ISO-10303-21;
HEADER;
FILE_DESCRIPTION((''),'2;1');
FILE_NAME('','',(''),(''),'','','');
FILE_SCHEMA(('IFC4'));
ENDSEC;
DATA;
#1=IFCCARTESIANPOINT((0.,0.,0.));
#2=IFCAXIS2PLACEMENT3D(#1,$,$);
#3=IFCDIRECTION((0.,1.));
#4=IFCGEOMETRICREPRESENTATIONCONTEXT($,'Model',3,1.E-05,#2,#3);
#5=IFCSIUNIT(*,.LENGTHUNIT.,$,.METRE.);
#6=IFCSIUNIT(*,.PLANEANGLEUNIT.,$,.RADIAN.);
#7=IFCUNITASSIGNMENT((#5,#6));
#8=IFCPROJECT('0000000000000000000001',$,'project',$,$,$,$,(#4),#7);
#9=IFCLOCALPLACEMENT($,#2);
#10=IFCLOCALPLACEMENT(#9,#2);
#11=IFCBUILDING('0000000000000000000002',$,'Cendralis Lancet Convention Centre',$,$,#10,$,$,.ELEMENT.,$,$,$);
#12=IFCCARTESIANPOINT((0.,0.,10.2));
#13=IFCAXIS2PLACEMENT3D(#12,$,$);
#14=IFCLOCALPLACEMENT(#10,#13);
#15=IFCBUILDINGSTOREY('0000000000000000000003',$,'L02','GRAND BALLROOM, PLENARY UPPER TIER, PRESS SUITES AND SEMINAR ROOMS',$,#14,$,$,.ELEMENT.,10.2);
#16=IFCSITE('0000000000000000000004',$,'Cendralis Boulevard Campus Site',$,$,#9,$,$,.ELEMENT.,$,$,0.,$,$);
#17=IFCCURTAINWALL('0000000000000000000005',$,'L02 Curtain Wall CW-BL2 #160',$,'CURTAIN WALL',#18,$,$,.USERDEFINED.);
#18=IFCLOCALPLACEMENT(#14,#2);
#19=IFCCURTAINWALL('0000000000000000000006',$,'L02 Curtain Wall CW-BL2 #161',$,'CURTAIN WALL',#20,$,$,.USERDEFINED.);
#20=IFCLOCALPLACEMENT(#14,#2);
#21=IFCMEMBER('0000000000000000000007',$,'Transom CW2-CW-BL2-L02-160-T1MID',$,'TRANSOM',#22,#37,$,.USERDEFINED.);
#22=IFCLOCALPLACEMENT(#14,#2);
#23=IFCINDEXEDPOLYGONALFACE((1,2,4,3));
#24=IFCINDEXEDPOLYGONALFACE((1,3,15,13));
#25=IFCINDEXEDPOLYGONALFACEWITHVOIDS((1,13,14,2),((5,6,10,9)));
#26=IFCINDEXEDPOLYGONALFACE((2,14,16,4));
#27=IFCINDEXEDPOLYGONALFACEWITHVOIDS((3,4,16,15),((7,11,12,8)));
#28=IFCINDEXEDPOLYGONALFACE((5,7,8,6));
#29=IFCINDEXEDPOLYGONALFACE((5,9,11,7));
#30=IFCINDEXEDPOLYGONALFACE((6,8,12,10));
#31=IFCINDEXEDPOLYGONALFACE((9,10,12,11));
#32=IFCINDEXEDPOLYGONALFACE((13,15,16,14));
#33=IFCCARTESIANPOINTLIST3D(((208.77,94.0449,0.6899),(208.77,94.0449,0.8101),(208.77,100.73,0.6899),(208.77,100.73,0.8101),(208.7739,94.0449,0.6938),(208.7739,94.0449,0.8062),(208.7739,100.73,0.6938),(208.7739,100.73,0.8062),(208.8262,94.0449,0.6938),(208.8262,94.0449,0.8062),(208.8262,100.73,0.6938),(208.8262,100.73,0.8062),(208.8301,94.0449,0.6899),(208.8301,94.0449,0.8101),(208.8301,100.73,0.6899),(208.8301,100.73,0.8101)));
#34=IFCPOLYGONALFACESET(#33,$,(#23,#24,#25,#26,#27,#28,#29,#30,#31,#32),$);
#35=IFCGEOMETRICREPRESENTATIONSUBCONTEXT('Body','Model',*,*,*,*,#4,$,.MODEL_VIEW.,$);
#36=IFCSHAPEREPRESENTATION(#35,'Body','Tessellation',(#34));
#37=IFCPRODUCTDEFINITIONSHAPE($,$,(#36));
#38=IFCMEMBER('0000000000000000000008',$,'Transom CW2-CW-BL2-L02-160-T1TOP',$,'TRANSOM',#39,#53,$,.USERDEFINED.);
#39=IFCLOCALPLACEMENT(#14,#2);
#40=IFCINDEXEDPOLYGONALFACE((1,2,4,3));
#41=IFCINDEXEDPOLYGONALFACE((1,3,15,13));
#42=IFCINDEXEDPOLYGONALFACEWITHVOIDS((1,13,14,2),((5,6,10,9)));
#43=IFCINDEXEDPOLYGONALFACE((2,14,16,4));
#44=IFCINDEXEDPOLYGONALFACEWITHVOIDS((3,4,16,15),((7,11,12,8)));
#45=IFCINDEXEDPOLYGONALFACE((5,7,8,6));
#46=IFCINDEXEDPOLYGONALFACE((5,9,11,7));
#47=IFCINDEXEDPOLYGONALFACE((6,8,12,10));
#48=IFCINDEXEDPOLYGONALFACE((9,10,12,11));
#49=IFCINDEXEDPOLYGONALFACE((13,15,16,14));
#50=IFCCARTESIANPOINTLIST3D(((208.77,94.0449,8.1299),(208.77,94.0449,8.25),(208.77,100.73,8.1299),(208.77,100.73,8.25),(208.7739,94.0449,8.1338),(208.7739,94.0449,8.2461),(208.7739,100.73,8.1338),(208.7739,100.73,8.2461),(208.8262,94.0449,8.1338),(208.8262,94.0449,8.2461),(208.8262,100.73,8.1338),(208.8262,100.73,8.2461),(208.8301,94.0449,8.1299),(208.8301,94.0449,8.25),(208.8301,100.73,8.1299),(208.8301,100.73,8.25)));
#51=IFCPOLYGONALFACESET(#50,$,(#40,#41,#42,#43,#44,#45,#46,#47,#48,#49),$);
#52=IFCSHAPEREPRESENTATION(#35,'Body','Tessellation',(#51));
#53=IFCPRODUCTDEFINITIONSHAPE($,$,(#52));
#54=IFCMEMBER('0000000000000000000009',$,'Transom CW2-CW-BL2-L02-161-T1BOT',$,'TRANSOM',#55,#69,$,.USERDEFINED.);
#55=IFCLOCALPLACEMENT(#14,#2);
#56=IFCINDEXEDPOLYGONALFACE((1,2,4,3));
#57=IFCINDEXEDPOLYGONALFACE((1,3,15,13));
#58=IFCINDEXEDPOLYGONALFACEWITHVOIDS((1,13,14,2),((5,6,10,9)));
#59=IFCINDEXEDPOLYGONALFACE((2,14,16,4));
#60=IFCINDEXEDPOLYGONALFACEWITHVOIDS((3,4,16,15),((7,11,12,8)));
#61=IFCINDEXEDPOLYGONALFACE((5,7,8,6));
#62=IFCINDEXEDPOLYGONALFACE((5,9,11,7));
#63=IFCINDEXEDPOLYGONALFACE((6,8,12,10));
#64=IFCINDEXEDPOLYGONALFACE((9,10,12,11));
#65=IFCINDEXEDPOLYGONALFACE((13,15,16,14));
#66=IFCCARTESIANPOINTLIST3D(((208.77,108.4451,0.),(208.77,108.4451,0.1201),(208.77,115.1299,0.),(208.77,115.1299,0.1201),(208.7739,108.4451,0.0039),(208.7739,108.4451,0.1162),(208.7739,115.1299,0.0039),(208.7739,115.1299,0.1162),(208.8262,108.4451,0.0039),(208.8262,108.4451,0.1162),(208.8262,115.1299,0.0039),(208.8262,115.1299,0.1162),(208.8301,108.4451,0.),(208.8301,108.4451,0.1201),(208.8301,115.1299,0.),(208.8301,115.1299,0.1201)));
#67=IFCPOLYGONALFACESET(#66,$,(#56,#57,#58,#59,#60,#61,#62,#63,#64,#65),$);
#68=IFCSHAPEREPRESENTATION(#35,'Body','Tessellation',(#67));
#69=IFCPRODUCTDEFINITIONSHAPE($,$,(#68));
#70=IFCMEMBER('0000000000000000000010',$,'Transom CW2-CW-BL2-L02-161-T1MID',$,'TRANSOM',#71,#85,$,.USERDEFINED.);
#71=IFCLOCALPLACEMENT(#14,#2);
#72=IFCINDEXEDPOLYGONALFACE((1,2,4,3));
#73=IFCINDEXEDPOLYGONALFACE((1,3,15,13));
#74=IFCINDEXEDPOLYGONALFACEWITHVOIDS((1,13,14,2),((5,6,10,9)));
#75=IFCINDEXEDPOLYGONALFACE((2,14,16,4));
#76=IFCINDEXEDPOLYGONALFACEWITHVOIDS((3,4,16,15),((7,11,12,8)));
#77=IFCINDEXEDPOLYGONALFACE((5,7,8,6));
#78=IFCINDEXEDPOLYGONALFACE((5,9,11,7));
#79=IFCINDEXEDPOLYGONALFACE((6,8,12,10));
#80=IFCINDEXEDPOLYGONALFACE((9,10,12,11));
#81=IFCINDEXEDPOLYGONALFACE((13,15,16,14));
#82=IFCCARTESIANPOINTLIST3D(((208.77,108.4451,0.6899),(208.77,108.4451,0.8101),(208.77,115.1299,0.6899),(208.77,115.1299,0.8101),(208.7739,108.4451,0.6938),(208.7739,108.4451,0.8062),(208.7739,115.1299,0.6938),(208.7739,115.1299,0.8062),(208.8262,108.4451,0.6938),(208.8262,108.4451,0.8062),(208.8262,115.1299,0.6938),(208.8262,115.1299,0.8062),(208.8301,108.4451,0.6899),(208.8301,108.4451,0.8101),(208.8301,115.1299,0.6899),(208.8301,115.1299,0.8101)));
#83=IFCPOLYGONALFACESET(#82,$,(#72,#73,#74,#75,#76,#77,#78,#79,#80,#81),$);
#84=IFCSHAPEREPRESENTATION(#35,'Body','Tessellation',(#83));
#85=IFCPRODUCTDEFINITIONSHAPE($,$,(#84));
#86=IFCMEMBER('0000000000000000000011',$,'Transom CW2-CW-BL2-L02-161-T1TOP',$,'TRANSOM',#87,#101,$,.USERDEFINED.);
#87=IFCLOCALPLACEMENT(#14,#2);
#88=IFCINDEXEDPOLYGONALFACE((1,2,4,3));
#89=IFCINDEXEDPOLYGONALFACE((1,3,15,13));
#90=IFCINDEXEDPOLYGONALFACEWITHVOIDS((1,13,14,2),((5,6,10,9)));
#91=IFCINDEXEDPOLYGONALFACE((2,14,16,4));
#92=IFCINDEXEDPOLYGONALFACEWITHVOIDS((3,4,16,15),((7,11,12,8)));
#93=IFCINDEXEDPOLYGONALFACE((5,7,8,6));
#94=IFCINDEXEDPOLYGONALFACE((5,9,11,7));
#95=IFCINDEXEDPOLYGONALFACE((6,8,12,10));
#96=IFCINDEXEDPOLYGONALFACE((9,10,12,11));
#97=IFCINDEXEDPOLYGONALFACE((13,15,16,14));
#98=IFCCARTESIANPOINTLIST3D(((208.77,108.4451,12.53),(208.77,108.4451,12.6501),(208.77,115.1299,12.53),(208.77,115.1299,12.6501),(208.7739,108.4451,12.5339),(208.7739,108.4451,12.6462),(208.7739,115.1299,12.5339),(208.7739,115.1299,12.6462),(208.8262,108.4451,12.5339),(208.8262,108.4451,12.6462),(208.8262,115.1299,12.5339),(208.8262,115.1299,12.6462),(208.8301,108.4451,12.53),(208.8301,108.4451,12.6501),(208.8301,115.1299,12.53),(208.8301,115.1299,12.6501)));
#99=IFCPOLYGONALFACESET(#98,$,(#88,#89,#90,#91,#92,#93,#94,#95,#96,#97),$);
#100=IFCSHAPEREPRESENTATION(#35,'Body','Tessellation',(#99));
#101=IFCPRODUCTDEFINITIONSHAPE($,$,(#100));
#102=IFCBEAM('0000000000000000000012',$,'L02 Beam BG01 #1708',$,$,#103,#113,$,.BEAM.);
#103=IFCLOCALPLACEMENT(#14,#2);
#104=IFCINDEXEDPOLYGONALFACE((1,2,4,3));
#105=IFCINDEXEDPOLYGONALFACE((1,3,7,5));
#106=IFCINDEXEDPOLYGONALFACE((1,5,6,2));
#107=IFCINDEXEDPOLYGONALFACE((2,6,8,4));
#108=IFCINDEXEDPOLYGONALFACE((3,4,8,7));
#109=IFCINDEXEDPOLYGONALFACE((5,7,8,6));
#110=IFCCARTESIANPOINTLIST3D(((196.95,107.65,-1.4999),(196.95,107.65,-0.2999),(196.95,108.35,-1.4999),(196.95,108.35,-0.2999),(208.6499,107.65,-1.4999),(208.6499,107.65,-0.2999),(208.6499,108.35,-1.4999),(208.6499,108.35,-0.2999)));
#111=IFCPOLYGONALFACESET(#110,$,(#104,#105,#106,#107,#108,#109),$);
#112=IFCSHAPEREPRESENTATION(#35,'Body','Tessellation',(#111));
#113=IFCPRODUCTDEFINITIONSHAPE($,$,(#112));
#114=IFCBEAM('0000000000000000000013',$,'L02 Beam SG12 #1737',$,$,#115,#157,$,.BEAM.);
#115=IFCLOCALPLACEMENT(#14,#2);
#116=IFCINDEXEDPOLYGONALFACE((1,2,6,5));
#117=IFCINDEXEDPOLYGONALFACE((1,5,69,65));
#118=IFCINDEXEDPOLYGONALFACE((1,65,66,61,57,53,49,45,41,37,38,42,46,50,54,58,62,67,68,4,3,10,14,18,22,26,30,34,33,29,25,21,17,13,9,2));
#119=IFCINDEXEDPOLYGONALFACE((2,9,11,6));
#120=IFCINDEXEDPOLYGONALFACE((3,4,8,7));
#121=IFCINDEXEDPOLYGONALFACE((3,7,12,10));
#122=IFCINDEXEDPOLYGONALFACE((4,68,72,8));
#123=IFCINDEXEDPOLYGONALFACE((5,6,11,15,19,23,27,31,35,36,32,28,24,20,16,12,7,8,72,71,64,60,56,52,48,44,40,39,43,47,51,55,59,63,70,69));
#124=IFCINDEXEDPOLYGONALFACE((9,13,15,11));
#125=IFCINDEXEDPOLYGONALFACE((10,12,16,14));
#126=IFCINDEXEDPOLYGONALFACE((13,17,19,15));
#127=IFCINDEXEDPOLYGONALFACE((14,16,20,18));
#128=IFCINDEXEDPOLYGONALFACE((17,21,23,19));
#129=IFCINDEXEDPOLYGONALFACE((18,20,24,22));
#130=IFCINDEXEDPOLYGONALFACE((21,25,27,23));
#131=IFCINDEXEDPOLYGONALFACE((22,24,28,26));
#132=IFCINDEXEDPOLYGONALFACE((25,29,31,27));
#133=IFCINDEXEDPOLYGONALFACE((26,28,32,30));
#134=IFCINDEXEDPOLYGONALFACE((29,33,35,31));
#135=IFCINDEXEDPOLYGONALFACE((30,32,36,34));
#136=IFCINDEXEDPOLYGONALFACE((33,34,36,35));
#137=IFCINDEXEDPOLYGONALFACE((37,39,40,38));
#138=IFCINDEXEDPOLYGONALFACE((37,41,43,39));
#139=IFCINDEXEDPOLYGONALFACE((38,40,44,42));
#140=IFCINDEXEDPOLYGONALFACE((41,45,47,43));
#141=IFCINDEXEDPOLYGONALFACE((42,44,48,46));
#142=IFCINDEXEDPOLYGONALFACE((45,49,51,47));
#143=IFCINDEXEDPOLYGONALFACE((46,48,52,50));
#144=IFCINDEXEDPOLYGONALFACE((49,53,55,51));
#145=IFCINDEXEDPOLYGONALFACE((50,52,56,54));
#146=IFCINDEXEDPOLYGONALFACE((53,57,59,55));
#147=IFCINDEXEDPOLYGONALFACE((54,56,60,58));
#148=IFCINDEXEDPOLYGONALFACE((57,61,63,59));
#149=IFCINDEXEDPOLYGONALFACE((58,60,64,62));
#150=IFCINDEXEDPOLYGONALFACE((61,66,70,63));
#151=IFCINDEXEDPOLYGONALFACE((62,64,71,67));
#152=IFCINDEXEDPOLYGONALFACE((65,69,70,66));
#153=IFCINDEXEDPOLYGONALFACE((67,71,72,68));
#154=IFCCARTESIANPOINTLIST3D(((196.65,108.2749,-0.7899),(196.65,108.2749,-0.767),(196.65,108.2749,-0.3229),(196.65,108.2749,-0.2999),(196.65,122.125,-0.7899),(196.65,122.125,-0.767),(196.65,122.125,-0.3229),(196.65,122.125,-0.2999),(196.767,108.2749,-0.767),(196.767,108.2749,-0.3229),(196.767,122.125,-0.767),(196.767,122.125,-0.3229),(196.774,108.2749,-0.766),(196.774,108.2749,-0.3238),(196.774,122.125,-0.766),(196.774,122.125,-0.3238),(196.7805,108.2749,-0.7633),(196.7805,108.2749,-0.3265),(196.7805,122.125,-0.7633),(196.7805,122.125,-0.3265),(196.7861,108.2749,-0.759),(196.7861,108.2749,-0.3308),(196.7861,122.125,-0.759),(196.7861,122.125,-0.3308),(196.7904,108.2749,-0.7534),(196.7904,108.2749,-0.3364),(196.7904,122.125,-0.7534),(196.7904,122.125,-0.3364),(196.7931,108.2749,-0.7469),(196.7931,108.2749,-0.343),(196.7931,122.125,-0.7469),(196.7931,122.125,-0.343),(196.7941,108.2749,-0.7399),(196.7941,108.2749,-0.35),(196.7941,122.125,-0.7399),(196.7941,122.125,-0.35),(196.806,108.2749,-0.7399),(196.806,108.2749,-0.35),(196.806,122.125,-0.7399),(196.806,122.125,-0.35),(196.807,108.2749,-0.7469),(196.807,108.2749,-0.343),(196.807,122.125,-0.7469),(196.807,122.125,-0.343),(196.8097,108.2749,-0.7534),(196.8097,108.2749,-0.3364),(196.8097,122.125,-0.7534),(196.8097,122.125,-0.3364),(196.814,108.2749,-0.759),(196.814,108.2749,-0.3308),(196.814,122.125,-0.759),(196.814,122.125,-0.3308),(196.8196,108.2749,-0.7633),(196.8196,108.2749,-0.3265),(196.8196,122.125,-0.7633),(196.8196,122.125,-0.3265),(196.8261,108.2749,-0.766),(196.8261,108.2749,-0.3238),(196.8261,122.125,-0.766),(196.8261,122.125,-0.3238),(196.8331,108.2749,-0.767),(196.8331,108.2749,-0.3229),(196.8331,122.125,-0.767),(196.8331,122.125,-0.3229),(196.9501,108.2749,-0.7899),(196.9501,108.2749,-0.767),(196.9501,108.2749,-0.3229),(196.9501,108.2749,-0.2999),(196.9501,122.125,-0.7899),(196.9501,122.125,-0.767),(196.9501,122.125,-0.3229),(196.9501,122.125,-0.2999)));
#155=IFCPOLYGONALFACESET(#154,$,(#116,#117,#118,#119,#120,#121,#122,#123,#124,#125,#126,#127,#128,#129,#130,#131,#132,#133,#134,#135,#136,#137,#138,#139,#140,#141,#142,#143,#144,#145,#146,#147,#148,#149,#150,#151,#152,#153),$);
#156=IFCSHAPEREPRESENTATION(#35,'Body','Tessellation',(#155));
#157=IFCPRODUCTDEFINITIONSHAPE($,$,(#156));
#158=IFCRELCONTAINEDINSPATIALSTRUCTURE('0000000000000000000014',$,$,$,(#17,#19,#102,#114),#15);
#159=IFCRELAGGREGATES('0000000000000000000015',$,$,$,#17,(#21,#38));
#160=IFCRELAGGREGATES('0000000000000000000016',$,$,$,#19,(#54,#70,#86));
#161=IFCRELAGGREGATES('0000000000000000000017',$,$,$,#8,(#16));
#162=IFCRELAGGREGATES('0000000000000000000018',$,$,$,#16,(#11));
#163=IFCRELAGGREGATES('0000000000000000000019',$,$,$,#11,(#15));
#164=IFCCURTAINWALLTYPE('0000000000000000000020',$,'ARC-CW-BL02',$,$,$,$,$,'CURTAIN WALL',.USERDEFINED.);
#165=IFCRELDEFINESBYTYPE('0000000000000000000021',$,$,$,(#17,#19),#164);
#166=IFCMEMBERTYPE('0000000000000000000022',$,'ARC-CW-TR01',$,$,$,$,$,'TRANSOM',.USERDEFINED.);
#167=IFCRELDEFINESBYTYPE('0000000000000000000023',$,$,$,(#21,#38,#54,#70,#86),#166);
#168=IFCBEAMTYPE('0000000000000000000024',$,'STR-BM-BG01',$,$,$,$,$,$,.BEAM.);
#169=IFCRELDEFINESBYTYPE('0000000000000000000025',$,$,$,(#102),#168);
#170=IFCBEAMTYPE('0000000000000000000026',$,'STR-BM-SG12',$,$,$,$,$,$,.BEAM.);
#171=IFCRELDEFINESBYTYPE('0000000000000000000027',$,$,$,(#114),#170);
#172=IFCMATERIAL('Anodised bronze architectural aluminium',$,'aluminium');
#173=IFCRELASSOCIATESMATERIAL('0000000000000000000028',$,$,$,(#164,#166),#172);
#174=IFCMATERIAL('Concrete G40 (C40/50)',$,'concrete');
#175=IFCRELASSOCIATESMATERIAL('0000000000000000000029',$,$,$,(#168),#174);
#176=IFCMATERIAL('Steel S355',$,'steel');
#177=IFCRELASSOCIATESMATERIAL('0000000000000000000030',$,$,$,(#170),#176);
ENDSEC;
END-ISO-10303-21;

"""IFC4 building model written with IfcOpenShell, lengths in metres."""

from ifc_helpers import new_model, si_unit, direction, frame, origin, origin_2d, place, context, subcontext, project, spatial, rectangle, hollow_rectangle, i_section, extrude, material, material_profile, profile_set, type_object, element, aggregate, save


model = new_model("IFC4")

# Units and contexts
model_context = context("Model", 3, precision=1e-05, world=origin(), true_north=direction((0.0, 1.0)))
body_context = subcontext(model_context, "Body", "Model", "MODEL_VIEW")
ifc_project = project(units=[si_unit("LENGTHUNIT", "METRE"), si_unit("PLANEANGLEUNIT", "RADIAN")], contexts=[model_context])

# Site, building, storey
site_placement = place(None, origin())
site = spatial("IfcSite", under=ifc_project, at=site_placement, Name="Cendralis Boulevard Campus Site", CompositionType="ELEMENT", RefElevation=0.0)
building_placement = place(site_placement, origin())
building = spatial("IfcBuilding", under=site, at=building_placement, Name="Cendralis Lancet Convention Centre", CompositionType="ELEMENT")
storey_placement = place(building_placement, frame((0.0, 0.0, 10.2)))
storey = spatial("IfcBuildingStorey", under=building, at=storey_placement, Name="L02", Description="GRAND BALLROOM, PLENARY UPPER TIER, PRESS SUITES AND SEMINAR ROOMS", CompositionType="ELEMENT", Elevation=10.2)

# Shared definitions
ifc_material_1 = material(Name="Steel S355", Category="steel")

# Curtain walls
ifc_material_2 = material(Name="Anodised bronze architectural aluminium", Category="aluminium")
curtain_wall_type = type_object("IfcCurtainWallType", Name="ARC-CW-BL02", ElementType="CURTAIN WALL", PredefinedType="USERDEFINED", material=ifc_material_2)
curtain_wall_1_placement = place(storey_placement, origin())
curtain_wall_1 = element("IfcCurtainWall", 1, at=curtain_wall_1_placement, inside=storey, type_object=curtain_wall_type, Name="L02 Curtain Wall CW-BL2 #160", ObjectType="CURTAIN WALL", PredefinedType="USERDEFINED")
curtain_wall_2_placement = place(storey_placement, origin())
curtain_wall_2 = element("IfcCurtainWall", 2, at=curtain_wall_2_placement, inside=storey, type_object=curtain_wall_type, Name="L02 Curtain Wall CW-BL2 #161", ObjectType="CURTAIN WALL", PredefinedType="USERDEFINED")

# Members
ifc_material_profile_1 = material_profile(ifc_material_2, hollow_rectangle(XDim=0.0601, YDim=0.1201, WallThickness=0.0039, at=origin_2d()), Name="AL-TRAN 60x120x4.0")
ifc_profile_set_1 = profile_set([ifc_material_profile_1], Name="Anodised bronze architectural aluminium")
member_type_1 = type_object("IfcMemberType", Name="ARC-CW-TR01", ElementType="TRANSOM", PredefinedType="USERDEFINED", material=ifc_profile_set_1)
member_1_placement = place(storey_placement, frame((208.8, 100.73, 0.75), z_axis=(0.0, -1.0, 0.0), x_axis=(1.0, 0.0, 0.0)))
member_1 = element("IfcMember", 3, at=member_1_placement, type_object=member_type_1, Name="Transom CW2-CW-BL2-L02-160-T1MID", ObjectType="TRANSOM", PredefinedType="USERDEFINED", context=body_context, shape_type="SweptSolid", body=[
    extrude(hollow_rectangle(XDim=0.0601, YDim=0.1201, WallThickness=0.0039, at=origin_2d()), origin(), (0.0, 0.0, 1.0), 6.6851),
])
member_2_placement = place(storey_placement, frame((208.8, 100.73, 8.1899), z_axis=(0.0, -1.0, 0.0), x_axis=(1.0, 0.0, 0.0)))
member_2 = element("IfcMember", 4, at=member_2_placement, type_object=member_type_1, Name="Transom CW2-CW-BL2-L02-160-T1TOP", ObjectType="TRANSOM", PredefinedType="USERDEFINED", context=body_context, shape_type="SweptSolid", body=[
    extrude(hollow_rectangle(XDim=0.0601, YDim=0.1201, WallThickness=0.0039, at=origin_2d()), origin(), (0.0, 0.0, 1.0), 6.6851),
])
member_3_placement = place(storey_placement, frame((208.8, 115.1299, 0.0601), z_axis=(0.0, -1.0, 0.0), x_axis=(1.0, 0.0, 0.0)))
member_3 = element("IfcMember", 5, at=member_3_placement, type_object=member_type_1, Name="Transom CW2-CW-BL2-L02-161-T1BOT", ObjectType="TRANSOM", PredefinedType="USERDEFINED", context=body_context, shape_type="SweptSolid", body=[
    extrude(hollow_rectangle(XDim=0.0601, YDim=0.1201, WallThickness=0.0039, at=origin_2d()), origin(), (0.0, 0.0, 1.0), 6.6848),
])
member_4_placement = place(storey_placement, frame((208.8, 115.1299, 0.75), z_axis=(0.0, -1.0, 0.0), x_axis=(1.0, 0.0, 0.0)))
member_4 = element("IfcMember", 6, at=member_4_placement, type_object=member_type_1, Name="Transom CW2-CW-BL2-L02-161-T1MID", ObjectType="TRANSOM", PredefinedType="USERDEFINED", context=body_context, shape_type="SweptSolid", body=[
    extrude(hollow_rectangle(XDim=0.0601, YDim=0.1201, WallThickness=0.0039, at=origin_2d()), origin(), (0.0, 0.0, 1.0), 6.6848),
])
member_5_placement = place(storey_placement, frame((208.8, 115.1299, 12.5901), z_axis=(0.0, -1.0, 0.0), x_axis=(1.0, 0.0, 0.0)))
member_5 = element("IfcMember", 7, at=member_5_placement, type_object=member_type_1, Name="Transom CW2-CW-BL2-L02-161-T1TOP", ObjectType="TRANSOM", PredefinedType="USERDEFINED", context=body_context, shape_type="SweptSolid", body=[
    extrude(hollow_rectangle(XDim=0.0601, YDim=0.1201, WallThickness=0.0039, at=origin_2d()), origin(), (0.0, 0.0, 1.0), 6.6848),
])

# Beams
ifc_material_3 = material(Name="Concrete G40 (C40/50)", Category="concrete")
ifc_material_profile_2 = material_profile(ifc_material_3, rectangle(XDim=0.7, YDim=1.2, at=origin_2d()), Name="RCB 700x1200")
ifc_profile_set_2 = profile_set([ifc_material_profile_2], Name="Concrete G40 (C40/50)")
beam_type_1 = type_object("IfcBeamType", Name="STR-BM-BG01", PredefinedType="BEAM", material=ifc_profile_set_2)
beam_1_placement = place(storey_placement, frame((196.95, 108.0, -0.8999), z_axis=(1.0, 0.0, 0.0), x_axis=(0.0, 1.0, 0.0)))
element("IfcBeam", 8, at=beam_1_placement, inside=storey, type_object=beam_type_1, Name="L02 Beam BG01 #1708", PredefinedType="BEAM", context=body_context, shape_type="SweptSolid", body=[
    extrude(rectangle(XDim=0.7, YDim=1.2, at=origin_2d()), origin(), (0.0, 0.0, 1.0), 11.7),
])
ifc_material_profile_3 = material_profile(ifc_material_1, i_section(OverallWidth=0.3, OverallDepth=0.49, WebThickness=0.012, FlangeThickness=0.0229, FilletRadius=0.0271, at=origin_2d()), Name="HEA 500")
ifc_profile_set_3 = profile_set([ifc_material_profile_3], Name="Steel S355")
beam_type_2 = type_object("IfcBeamType", Name="STR-BM-SG12", PredefinedType="BEAM", material=ifc_profile_set_3)
beam_2_placement = place(storey_placement, frame((196.8, 108.2749, -0.5449), z_axis=(0.0, 1.0, 0.0), x_axis=(-1.0, 0.0, 0.0)))
element("IfcBeam", 9, at=beam_2_placement, inside=storey, type_object=beam_type_2, Name="L02 Beam SG12 #1737", PredefinedType="BEAM", context=body_context, shape_type="SweptSolid", body=[
    extrude(i_section(OverallWidth=0.3, OverallDepth=0.49, WebThickness=0.012, FlangeThickness=0.0229, FilletRadius=0.0271, at=origin_2d()), origin(), (0.0, 0.0, 1.0), 13.8501),
])

aggregate(curtain_wall_1, [member_1, member_2])
aggregate(curtain_wall_2, [member_3, member_4, member_5])

save(model, "model.ifc")
